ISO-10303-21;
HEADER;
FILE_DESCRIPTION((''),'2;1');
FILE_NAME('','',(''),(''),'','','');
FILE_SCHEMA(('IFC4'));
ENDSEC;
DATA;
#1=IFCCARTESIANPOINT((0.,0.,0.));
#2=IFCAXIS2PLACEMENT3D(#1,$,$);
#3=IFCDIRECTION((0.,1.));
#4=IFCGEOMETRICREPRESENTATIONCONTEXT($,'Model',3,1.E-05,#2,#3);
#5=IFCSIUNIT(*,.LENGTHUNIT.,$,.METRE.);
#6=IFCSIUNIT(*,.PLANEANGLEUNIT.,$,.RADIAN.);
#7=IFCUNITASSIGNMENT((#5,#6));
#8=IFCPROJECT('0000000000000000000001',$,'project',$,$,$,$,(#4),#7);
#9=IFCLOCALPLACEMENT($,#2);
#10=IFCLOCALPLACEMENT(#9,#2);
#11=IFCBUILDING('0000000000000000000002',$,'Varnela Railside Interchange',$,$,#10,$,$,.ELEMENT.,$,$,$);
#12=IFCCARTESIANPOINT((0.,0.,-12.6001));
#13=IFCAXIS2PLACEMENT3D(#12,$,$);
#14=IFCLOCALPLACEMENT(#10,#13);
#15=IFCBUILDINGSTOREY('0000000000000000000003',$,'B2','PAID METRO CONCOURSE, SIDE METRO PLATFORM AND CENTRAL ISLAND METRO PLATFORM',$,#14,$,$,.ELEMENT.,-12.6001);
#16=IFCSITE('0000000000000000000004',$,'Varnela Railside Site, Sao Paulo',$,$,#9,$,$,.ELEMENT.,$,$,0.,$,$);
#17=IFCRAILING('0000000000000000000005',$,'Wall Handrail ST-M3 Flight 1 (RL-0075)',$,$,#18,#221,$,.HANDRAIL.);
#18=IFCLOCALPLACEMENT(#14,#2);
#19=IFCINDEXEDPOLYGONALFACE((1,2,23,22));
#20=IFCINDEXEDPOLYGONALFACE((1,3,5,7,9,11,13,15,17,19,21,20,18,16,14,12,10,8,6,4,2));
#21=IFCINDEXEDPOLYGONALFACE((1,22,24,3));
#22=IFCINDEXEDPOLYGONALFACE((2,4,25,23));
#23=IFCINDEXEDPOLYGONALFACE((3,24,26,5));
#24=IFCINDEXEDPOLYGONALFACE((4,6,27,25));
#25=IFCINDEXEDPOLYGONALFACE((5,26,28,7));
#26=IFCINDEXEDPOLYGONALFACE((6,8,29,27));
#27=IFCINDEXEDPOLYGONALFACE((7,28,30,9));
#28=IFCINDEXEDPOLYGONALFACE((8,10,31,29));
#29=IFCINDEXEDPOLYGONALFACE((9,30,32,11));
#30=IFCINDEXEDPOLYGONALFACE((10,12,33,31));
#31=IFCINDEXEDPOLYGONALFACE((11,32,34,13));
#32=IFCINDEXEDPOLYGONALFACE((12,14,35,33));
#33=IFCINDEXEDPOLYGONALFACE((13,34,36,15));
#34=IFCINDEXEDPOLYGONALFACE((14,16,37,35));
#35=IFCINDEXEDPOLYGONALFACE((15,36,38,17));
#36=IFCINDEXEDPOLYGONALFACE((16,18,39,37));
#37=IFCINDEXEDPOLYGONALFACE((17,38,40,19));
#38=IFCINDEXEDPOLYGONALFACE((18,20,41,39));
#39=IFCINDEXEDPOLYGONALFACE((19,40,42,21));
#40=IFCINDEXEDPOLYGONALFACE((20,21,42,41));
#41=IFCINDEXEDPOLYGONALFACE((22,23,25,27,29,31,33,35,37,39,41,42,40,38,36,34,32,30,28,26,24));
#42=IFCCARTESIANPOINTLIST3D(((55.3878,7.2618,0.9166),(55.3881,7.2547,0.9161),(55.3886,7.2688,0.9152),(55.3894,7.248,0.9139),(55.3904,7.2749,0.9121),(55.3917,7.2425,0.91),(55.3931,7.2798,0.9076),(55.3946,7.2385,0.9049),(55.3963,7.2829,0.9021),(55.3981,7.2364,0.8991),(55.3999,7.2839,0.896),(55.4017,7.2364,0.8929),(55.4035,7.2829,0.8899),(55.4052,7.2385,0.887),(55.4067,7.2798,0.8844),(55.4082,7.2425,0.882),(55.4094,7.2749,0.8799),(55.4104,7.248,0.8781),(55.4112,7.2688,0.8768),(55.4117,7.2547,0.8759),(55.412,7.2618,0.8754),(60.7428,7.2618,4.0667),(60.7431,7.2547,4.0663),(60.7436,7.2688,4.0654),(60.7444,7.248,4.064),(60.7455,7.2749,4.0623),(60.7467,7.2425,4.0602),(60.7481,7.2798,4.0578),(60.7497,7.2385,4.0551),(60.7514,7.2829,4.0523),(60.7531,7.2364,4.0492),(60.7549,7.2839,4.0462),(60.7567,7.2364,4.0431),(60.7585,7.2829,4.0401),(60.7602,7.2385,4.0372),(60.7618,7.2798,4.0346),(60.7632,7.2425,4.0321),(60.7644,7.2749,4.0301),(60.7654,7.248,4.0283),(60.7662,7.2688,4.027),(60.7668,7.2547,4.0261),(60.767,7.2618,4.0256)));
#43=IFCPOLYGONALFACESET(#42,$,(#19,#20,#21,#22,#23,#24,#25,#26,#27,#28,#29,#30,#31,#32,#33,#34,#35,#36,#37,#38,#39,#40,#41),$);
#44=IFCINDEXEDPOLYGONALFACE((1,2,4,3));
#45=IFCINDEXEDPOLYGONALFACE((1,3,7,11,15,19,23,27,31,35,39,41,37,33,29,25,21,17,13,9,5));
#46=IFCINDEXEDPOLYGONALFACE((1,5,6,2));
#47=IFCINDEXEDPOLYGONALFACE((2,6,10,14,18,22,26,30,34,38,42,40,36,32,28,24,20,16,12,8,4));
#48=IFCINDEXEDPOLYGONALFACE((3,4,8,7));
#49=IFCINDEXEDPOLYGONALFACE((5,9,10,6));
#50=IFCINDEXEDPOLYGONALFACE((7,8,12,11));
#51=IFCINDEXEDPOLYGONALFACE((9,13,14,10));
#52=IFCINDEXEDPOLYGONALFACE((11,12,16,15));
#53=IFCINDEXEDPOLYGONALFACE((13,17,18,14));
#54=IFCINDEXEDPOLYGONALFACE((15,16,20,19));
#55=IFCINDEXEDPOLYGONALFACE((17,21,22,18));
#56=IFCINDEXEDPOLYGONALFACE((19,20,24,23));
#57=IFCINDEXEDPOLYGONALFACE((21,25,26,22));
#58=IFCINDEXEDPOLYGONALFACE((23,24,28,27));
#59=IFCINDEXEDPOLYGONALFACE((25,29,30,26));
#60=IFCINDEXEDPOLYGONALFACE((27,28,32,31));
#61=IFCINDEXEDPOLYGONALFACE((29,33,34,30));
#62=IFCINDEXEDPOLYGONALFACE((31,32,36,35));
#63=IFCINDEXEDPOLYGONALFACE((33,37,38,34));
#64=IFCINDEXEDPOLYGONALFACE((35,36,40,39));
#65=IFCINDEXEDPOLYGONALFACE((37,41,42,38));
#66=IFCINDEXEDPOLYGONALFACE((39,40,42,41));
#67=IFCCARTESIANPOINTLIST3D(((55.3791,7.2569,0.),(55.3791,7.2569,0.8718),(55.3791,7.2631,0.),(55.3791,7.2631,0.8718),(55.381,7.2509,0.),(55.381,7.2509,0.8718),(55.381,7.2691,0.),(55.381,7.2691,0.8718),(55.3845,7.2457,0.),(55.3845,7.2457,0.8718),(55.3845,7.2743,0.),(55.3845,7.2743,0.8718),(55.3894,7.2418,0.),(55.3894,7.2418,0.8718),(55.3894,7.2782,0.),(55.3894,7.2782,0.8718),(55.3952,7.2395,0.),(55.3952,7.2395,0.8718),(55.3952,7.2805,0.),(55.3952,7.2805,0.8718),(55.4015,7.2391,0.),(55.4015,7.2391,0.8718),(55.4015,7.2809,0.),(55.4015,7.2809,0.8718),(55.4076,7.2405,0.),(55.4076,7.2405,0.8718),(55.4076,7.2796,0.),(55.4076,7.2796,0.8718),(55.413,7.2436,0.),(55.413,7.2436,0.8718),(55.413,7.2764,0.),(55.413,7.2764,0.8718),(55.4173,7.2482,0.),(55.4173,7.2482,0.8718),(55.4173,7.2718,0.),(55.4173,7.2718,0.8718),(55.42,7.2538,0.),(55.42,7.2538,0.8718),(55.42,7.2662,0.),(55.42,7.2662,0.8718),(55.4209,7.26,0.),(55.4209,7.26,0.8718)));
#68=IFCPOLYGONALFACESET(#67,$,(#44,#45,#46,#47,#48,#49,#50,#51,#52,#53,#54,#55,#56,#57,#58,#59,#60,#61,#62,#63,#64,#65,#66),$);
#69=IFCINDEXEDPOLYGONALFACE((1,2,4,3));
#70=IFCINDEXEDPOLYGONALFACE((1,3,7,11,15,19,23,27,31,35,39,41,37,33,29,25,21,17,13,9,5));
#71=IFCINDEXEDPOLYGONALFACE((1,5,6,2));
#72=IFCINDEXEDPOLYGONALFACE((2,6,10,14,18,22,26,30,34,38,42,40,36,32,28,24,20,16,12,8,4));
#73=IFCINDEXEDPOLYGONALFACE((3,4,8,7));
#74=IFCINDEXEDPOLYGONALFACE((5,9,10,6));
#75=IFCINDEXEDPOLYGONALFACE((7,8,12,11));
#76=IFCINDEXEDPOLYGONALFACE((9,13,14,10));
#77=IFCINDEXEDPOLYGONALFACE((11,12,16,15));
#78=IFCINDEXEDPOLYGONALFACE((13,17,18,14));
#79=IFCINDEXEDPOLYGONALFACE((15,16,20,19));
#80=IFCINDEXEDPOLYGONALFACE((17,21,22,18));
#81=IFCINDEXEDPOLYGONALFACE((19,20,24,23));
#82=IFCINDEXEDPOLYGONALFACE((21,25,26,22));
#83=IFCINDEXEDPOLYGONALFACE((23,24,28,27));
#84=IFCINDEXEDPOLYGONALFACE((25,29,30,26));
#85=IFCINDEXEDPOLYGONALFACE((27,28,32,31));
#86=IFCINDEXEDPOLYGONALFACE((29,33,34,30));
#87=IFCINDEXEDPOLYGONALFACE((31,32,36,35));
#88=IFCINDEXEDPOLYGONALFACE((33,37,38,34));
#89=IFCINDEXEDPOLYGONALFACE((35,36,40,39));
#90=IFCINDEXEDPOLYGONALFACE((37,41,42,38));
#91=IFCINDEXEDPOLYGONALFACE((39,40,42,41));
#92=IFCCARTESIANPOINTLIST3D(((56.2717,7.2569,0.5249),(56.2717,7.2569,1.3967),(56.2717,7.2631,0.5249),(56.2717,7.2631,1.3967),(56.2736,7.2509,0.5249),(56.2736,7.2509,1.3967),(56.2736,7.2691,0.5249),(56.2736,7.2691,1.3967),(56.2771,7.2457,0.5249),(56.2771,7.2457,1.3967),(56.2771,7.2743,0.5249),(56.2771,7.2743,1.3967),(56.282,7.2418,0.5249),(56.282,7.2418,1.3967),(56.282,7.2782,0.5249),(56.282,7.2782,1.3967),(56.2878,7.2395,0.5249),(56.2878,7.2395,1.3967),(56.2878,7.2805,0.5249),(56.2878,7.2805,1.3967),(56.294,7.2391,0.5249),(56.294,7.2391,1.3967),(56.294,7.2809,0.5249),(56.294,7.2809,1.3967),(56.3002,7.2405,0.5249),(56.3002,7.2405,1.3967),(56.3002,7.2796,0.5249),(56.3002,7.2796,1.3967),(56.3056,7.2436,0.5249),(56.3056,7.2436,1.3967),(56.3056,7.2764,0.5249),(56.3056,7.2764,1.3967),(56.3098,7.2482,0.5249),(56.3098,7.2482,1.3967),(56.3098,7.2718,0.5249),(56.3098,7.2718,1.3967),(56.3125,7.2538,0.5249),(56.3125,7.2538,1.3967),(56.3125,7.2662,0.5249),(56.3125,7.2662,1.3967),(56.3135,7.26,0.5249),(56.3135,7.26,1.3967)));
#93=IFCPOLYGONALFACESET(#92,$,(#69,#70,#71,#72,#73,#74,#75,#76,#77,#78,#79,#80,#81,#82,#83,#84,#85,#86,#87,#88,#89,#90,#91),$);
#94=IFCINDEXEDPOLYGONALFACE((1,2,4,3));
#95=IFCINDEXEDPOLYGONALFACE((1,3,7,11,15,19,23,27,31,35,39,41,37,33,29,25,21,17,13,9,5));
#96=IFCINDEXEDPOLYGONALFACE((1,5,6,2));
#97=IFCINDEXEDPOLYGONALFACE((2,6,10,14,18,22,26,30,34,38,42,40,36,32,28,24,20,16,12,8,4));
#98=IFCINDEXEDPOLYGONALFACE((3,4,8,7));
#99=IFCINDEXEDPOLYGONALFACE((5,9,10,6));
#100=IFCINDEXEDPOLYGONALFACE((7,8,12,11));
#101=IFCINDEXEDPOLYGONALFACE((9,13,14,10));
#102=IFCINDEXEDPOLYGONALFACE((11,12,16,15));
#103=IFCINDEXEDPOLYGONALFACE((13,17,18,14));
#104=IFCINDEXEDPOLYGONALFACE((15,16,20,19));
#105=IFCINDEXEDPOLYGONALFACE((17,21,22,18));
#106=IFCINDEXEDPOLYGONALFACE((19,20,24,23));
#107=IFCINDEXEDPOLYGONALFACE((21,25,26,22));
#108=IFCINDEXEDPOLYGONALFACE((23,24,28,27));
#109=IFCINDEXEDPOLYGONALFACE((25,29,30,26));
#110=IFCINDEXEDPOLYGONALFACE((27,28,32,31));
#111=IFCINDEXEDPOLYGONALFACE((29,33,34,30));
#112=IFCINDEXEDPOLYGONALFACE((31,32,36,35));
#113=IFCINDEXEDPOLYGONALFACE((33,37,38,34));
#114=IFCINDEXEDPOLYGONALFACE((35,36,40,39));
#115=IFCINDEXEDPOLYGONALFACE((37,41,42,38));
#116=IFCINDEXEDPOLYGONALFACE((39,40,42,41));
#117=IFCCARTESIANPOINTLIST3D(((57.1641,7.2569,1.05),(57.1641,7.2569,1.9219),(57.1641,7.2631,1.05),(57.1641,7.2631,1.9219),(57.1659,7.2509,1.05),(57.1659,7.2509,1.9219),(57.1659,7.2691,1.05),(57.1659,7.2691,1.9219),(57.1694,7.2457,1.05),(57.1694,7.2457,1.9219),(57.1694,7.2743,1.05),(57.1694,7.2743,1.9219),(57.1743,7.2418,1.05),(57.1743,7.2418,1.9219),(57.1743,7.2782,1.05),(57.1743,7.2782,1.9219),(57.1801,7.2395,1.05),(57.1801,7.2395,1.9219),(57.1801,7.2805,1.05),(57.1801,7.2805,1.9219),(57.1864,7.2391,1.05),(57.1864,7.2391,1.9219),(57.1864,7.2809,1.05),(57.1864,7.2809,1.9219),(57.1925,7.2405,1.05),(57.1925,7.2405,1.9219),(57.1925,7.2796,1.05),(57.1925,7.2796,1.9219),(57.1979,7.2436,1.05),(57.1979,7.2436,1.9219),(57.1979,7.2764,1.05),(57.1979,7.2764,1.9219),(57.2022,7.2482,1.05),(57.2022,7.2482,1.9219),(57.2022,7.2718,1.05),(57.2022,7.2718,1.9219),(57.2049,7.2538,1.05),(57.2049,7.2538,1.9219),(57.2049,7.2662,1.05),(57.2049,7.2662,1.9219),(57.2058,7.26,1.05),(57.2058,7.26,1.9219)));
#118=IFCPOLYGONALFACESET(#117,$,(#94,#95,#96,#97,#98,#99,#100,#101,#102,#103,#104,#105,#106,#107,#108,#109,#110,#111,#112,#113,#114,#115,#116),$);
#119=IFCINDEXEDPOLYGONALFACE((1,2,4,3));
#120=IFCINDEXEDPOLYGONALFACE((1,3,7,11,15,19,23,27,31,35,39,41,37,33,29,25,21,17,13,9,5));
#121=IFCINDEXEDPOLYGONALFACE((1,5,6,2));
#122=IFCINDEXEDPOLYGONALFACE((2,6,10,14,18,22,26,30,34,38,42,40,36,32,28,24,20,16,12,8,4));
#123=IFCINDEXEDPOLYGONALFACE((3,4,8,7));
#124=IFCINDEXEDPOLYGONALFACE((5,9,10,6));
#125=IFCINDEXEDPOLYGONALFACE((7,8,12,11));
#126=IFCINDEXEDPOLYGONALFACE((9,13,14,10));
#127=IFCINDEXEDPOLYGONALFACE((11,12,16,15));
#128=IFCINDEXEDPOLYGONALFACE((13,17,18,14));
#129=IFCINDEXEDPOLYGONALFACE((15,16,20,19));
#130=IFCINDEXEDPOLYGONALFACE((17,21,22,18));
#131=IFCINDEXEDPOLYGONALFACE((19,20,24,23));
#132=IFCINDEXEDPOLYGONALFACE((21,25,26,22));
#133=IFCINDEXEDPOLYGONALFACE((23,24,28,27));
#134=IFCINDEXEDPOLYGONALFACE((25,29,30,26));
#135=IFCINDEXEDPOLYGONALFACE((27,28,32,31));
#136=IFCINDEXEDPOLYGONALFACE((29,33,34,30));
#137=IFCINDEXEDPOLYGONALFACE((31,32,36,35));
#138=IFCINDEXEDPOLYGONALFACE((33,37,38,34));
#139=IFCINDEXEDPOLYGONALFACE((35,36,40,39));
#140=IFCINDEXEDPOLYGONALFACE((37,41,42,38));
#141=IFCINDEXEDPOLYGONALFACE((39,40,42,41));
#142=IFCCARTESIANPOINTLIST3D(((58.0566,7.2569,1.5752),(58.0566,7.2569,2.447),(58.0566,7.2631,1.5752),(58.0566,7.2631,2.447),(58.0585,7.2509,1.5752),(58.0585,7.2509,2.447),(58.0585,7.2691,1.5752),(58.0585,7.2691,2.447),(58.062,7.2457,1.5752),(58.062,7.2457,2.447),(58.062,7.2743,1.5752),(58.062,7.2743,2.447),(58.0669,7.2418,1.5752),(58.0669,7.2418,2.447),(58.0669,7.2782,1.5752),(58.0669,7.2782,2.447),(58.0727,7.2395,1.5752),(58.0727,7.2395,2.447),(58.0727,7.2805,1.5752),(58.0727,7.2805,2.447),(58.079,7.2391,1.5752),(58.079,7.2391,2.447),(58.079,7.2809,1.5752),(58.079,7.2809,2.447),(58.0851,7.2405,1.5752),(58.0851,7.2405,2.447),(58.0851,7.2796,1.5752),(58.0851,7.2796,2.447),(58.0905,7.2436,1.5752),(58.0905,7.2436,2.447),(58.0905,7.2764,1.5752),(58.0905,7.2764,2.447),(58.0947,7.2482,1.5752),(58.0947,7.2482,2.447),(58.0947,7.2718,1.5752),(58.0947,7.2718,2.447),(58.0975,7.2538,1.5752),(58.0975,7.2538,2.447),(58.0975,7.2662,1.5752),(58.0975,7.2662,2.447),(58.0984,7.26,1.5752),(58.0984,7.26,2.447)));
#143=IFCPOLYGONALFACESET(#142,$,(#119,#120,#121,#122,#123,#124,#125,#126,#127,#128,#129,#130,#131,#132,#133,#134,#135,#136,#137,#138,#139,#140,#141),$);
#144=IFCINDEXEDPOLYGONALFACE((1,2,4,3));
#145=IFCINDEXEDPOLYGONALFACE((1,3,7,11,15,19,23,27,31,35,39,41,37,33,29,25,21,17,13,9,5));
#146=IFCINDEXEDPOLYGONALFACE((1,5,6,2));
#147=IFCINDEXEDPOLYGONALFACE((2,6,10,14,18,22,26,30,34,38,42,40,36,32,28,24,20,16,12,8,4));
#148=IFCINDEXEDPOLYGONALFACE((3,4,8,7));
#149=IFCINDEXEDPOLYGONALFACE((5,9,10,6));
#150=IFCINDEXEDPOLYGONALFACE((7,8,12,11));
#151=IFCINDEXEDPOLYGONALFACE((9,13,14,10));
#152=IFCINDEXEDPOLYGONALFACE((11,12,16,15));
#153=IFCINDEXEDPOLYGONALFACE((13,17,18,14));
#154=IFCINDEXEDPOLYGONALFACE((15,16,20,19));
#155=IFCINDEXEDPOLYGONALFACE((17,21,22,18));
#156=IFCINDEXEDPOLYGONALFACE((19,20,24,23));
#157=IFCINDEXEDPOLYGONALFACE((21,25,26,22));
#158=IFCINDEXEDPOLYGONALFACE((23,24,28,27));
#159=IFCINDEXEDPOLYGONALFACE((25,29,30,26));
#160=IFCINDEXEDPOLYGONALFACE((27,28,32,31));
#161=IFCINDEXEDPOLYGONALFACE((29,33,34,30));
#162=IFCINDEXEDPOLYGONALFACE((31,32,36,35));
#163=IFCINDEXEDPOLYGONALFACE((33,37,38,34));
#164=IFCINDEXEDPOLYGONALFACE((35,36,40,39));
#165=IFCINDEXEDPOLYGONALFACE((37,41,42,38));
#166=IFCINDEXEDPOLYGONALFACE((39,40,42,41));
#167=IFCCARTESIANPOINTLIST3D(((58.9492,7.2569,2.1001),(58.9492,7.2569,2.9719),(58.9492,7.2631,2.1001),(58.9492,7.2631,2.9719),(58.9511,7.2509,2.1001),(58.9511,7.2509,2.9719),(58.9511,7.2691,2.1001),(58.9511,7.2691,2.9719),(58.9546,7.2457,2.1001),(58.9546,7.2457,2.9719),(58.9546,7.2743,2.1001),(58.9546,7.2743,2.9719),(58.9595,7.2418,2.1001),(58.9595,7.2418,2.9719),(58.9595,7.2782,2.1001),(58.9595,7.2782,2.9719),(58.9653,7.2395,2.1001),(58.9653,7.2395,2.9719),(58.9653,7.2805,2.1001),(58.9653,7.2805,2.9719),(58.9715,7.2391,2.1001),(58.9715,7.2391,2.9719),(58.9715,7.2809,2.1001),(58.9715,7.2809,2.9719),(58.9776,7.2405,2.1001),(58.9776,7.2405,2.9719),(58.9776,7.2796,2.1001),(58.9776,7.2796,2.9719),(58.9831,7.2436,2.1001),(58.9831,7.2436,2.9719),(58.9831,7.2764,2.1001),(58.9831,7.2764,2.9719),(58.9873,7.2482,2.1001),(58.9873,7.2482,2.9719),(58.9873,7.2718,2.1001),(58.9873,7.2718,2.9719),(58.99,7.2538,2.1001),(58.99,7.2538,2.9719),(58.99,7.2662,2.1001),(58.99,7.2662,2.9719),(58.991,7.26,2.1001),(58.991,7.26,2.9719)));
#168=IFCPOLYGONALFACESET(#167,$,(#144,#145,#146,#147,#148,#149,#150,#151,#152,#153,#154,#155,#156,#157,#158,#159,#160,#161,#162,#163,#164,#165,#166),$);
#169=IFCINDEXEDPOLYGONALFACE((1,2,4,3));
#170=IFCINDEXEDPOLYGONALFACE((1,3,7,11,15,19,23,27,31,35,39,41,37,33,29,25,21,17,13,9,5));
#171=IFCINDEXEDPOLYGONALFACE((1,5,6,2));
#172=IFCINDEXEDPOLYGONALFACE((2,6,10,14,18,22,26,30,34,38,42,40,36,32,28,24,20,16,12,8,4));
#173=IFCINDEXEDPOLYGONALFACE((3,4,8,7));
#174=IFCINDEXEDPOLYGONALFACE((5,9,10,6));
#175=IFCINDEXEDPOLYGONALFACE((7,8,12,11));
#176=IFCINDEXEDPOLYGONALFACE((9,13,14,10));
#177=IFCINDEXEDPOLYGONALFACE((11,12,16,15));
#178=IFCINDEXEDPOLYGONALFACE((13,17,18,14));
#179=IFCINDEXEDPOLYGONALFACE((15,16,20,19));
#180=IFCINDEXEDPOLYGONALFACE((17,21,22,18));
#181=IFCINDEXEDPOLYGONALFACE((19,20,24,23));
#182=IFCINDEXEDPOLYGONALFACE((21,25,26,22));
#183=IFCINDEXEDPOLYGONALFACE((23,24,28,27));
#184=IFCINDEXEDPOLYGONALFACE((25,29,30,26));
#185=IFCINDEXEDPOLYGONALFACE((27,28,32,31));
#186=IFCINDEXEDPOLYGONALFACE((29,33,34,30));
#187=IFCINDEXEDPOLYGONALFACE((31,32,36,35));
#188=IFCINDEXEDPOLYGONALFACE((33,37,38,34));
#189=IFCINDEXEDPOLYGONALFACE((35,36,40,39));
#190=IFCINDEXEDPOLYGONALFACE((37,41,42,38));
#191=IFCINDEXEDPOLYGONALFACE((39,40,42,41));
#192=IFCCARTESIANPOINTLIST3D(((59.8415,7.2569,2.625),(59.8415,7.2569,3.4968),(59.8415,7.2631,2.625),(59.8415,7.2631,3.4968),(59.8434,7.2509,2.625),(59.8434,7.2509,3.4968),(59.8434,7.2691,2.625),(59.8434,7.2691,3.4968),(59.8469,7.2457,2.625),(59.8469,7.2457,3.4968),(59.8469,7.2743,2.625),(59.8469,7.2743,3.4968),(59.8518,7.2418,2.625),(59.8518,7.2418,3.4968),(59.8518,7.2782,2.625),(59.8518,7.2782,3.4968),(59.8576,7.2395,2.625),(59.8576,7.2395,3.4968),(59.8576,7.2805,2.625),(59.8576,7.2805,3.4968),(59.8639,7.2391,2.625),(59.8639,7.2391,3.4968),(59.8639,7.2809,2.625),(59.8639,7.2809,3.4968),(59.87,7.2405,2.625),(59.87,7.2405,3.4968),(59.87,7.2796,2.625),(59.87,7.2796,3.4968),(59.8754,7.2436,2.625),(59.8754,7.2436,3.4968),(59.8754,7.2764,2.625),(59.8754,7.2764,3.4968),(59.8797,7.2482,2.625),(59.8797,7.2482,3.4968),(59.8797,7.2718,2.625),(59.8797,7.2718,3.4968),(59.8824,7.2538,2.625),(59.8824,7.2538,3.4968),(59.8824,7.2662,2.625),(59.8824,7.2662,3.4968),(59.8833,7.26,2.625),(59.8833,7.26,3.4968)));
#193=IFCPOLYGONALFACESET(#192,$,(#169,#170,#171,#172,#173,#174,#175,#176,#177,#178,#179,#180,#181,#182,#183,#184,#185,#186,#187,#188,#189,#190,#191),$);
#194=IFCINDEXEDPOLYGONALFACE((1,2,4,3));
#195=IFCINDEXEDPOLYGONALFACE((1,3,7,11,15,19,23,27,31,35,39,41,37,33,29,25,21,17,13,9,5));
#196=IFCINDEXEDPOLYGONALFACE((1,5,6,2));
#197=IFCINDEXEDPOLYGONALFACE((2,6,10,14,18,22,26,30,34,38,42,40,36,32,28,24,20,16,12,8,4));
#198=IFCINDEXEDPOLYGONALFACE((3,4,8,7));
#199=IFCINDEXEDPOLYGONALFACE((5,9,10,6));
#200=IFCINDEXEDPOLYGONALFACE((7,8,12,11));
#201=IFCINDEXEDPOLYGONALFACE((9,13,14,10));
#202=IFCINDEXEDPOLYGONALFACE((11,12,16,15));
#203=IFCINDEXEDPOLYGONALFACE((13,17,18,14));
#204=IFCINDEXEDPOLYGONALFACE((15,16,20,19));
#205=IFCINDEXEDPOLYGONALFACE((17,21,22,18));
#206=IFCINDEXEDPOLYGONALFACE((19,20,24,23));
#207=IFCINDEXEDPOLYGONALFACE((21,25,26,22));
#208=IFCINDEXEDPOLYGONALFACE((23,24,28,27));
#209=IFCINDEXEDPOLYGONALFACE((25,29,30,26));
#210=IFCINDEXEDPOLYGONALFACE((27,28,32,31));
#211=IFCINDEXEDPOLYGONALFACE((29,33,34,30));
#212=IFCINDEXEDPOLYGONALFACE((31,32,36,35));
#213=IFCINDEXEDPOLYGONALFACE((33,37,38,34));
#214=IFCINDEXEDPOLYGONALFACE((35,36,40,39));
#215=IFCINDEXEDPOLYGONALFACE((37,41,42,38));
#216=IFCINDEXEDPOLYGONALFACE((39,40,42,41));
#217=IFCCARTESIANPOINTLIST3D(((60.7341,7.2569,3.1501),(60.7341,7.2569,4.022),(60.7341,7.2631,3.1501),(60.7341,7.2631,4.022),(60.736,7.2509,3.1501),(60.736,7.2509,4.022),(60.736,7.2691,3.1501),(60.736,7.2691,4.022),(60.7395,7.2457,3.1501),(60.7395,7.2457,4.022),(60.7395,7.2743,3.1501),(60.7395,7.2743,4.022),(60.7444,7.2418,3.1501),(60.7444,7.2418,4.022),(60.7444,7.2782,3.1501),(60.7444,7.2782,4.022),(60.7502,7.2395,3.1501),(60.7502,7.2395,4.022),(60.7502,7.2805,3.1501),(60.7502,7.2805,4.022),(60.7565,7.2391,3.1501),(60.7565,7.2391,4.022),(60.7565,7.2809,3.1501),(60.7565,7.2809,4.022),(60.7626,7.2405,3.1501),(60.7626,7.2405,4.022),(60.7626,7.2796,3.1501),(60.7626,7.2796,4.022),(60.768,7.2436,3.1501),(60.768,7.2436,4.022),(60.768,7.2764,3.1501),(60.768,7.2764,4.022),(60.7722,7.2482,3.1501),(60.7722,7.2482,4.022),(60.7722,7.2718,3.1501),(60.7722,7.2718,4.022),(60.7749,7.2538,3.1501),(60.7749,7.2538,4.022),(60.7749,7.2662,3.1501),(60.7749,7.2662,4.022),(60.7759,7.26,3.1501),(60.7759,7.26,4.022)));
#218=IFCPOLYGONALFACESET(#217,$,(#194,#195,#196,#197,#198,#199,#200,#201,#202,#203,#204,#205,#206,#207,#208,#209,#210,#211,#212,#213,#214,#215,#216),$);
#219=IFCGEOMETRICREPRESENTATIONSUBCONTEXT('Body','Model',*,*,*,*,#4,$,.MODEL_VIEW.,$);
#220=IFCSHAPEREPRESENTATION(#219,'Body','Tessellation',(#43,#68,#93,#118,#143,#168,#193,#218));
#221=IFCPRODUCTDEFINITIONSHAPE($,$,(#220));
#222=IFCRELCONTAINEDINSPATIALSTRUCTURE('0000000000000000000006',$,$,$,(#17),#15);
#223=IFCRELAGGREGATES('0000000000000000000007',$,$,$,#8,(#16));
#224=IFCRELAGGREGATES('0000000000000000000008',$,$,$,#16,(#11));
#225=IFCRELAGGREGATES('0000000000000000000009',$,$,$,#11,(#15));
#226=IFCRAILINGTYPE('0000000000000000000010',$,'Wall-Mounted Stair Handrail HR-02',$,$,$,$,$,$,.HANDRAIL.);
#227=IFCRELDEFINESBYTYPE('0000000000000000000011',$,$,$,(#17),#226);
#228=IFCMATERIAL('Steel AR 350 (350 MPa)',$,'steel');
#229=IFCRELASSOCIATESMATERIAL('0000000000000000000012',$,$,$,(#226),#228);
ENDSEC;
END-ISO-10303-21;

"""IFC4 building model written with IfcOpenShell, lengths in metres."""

from ifc_helpers import new_model, si_unit, direction, frame, origin, origin_2d, place, context, subcontext, project, spatial, circle, extrude, material, type_object, element, save


model = new_model("IFC4")

# Units and contexts
model_context = context("Model", 3, precision=1e-05, world=origin(), true_north=direction((0.0, 1.0)))
body_context = subcontext(model_context, "Body", "Model", "MODEL_VIEW")
ifc_project = project(units=[si_unit("LENGTHUNIT", "METRE"), si_unit("PLANEANGLEUNIT", "RADIAN")], contexts=[model_context])

# Site, building, storey
site_placement = place(None, origin())
site = spatial("IfcSite", under=ifc_project, at=site_placement, Name="Varnela Railside Site, Sao Paulo", CompositionType="ELEMENT", RefElevation=0.0)
building_placement = place(site_placement, origin())
building = spatial("IfcBuilding", under=site, at=building_placement, Name="Varnela Railside Interchange", CompositionType="ELEMENT")
storey_placement = place(building_placement, frame((0.0, 0.0, -12.6001)))
storey = spatial("IfcBuildingStorey", under=building, at=storey_placement, Name="B2", Description="PAID METRO CONCOURSE, SIDE METRO PLATFORM AND CENTRAL ISLAND METRO PLATFORM", CompositionType="ELEMENT", Elevation=-12.6001)

# Shared definitions
ifc_material_1 = material(Name="Steel AR 350 (350 MPa)", Category="steel")

# Railing
railing_type_1 = type_object("IfcRailingType", Name="Wall-Mounted Stair Handrail HR-02", PredefinedType="HANDRAIL", material=ifc_material_1)
railing_1_placement = place(storey_placement, frame((55.3999, 7.26, 0.0)))
element("IfcRailing", 1, at=railing_1_placement, inside=storey, type_object=railing_type_1, Name="Wall Handrail ST-M3 Flight 1 (RL-0075)", PredefinedType="HANDRAIL", context=body_context, shape_type="SweptSolid", body=[
    extrude(circle(Radius=0.0239, at=origin_2d()), frame((0.0, 0.0, 0.896), z_axis=(0.861923, 0.0, 0.507039), x_axis=(0.0, 1.0, 0.0)), (0.0, 0.0, 1.0), 6.2129),
    extrude(circle(Radius=0.021, at=origin_2d()), origin(), (0.0, 0.0, 1.0), 0.8718),
    extrude(circle(Radius=0.021, at=origin_2d()), frame((0.8926, 0.0, 0.5249)), (0.0, 0.0, 1.0), 0.8718),
    extrude(circle(Radius=0.021, at=origin_2d()), frame((1.7849, 0.0, 1.05)), (0.0, 0.0, 1.0), 0.8718),
    extrude(circle(Radius=0.021, at=origin_2d()), frame((2.6775, 0.0, 1.5752)), (0.0, 0.0, 1.0), 0.8718),
    extrude(circle(Radius=0.021, at=origin_2d()), frame((3.5701, 0.0, 2.1001)), (0.0, 0.0, 1.0), 0.8718),
    extrude(circle(Radius=0.021, at=origin_2d()), frame((4.4624, 0.0, 2.625)), (0.0, 0.0, 1.0), 0.8718),
    extrude(circle(Radius=0.021, at=origin_2d()), frame((5.355, 0.0, 3.1501)), (0.0, 0.0, 1.0), 0.8718),
])

save(model, "model.ifc")
